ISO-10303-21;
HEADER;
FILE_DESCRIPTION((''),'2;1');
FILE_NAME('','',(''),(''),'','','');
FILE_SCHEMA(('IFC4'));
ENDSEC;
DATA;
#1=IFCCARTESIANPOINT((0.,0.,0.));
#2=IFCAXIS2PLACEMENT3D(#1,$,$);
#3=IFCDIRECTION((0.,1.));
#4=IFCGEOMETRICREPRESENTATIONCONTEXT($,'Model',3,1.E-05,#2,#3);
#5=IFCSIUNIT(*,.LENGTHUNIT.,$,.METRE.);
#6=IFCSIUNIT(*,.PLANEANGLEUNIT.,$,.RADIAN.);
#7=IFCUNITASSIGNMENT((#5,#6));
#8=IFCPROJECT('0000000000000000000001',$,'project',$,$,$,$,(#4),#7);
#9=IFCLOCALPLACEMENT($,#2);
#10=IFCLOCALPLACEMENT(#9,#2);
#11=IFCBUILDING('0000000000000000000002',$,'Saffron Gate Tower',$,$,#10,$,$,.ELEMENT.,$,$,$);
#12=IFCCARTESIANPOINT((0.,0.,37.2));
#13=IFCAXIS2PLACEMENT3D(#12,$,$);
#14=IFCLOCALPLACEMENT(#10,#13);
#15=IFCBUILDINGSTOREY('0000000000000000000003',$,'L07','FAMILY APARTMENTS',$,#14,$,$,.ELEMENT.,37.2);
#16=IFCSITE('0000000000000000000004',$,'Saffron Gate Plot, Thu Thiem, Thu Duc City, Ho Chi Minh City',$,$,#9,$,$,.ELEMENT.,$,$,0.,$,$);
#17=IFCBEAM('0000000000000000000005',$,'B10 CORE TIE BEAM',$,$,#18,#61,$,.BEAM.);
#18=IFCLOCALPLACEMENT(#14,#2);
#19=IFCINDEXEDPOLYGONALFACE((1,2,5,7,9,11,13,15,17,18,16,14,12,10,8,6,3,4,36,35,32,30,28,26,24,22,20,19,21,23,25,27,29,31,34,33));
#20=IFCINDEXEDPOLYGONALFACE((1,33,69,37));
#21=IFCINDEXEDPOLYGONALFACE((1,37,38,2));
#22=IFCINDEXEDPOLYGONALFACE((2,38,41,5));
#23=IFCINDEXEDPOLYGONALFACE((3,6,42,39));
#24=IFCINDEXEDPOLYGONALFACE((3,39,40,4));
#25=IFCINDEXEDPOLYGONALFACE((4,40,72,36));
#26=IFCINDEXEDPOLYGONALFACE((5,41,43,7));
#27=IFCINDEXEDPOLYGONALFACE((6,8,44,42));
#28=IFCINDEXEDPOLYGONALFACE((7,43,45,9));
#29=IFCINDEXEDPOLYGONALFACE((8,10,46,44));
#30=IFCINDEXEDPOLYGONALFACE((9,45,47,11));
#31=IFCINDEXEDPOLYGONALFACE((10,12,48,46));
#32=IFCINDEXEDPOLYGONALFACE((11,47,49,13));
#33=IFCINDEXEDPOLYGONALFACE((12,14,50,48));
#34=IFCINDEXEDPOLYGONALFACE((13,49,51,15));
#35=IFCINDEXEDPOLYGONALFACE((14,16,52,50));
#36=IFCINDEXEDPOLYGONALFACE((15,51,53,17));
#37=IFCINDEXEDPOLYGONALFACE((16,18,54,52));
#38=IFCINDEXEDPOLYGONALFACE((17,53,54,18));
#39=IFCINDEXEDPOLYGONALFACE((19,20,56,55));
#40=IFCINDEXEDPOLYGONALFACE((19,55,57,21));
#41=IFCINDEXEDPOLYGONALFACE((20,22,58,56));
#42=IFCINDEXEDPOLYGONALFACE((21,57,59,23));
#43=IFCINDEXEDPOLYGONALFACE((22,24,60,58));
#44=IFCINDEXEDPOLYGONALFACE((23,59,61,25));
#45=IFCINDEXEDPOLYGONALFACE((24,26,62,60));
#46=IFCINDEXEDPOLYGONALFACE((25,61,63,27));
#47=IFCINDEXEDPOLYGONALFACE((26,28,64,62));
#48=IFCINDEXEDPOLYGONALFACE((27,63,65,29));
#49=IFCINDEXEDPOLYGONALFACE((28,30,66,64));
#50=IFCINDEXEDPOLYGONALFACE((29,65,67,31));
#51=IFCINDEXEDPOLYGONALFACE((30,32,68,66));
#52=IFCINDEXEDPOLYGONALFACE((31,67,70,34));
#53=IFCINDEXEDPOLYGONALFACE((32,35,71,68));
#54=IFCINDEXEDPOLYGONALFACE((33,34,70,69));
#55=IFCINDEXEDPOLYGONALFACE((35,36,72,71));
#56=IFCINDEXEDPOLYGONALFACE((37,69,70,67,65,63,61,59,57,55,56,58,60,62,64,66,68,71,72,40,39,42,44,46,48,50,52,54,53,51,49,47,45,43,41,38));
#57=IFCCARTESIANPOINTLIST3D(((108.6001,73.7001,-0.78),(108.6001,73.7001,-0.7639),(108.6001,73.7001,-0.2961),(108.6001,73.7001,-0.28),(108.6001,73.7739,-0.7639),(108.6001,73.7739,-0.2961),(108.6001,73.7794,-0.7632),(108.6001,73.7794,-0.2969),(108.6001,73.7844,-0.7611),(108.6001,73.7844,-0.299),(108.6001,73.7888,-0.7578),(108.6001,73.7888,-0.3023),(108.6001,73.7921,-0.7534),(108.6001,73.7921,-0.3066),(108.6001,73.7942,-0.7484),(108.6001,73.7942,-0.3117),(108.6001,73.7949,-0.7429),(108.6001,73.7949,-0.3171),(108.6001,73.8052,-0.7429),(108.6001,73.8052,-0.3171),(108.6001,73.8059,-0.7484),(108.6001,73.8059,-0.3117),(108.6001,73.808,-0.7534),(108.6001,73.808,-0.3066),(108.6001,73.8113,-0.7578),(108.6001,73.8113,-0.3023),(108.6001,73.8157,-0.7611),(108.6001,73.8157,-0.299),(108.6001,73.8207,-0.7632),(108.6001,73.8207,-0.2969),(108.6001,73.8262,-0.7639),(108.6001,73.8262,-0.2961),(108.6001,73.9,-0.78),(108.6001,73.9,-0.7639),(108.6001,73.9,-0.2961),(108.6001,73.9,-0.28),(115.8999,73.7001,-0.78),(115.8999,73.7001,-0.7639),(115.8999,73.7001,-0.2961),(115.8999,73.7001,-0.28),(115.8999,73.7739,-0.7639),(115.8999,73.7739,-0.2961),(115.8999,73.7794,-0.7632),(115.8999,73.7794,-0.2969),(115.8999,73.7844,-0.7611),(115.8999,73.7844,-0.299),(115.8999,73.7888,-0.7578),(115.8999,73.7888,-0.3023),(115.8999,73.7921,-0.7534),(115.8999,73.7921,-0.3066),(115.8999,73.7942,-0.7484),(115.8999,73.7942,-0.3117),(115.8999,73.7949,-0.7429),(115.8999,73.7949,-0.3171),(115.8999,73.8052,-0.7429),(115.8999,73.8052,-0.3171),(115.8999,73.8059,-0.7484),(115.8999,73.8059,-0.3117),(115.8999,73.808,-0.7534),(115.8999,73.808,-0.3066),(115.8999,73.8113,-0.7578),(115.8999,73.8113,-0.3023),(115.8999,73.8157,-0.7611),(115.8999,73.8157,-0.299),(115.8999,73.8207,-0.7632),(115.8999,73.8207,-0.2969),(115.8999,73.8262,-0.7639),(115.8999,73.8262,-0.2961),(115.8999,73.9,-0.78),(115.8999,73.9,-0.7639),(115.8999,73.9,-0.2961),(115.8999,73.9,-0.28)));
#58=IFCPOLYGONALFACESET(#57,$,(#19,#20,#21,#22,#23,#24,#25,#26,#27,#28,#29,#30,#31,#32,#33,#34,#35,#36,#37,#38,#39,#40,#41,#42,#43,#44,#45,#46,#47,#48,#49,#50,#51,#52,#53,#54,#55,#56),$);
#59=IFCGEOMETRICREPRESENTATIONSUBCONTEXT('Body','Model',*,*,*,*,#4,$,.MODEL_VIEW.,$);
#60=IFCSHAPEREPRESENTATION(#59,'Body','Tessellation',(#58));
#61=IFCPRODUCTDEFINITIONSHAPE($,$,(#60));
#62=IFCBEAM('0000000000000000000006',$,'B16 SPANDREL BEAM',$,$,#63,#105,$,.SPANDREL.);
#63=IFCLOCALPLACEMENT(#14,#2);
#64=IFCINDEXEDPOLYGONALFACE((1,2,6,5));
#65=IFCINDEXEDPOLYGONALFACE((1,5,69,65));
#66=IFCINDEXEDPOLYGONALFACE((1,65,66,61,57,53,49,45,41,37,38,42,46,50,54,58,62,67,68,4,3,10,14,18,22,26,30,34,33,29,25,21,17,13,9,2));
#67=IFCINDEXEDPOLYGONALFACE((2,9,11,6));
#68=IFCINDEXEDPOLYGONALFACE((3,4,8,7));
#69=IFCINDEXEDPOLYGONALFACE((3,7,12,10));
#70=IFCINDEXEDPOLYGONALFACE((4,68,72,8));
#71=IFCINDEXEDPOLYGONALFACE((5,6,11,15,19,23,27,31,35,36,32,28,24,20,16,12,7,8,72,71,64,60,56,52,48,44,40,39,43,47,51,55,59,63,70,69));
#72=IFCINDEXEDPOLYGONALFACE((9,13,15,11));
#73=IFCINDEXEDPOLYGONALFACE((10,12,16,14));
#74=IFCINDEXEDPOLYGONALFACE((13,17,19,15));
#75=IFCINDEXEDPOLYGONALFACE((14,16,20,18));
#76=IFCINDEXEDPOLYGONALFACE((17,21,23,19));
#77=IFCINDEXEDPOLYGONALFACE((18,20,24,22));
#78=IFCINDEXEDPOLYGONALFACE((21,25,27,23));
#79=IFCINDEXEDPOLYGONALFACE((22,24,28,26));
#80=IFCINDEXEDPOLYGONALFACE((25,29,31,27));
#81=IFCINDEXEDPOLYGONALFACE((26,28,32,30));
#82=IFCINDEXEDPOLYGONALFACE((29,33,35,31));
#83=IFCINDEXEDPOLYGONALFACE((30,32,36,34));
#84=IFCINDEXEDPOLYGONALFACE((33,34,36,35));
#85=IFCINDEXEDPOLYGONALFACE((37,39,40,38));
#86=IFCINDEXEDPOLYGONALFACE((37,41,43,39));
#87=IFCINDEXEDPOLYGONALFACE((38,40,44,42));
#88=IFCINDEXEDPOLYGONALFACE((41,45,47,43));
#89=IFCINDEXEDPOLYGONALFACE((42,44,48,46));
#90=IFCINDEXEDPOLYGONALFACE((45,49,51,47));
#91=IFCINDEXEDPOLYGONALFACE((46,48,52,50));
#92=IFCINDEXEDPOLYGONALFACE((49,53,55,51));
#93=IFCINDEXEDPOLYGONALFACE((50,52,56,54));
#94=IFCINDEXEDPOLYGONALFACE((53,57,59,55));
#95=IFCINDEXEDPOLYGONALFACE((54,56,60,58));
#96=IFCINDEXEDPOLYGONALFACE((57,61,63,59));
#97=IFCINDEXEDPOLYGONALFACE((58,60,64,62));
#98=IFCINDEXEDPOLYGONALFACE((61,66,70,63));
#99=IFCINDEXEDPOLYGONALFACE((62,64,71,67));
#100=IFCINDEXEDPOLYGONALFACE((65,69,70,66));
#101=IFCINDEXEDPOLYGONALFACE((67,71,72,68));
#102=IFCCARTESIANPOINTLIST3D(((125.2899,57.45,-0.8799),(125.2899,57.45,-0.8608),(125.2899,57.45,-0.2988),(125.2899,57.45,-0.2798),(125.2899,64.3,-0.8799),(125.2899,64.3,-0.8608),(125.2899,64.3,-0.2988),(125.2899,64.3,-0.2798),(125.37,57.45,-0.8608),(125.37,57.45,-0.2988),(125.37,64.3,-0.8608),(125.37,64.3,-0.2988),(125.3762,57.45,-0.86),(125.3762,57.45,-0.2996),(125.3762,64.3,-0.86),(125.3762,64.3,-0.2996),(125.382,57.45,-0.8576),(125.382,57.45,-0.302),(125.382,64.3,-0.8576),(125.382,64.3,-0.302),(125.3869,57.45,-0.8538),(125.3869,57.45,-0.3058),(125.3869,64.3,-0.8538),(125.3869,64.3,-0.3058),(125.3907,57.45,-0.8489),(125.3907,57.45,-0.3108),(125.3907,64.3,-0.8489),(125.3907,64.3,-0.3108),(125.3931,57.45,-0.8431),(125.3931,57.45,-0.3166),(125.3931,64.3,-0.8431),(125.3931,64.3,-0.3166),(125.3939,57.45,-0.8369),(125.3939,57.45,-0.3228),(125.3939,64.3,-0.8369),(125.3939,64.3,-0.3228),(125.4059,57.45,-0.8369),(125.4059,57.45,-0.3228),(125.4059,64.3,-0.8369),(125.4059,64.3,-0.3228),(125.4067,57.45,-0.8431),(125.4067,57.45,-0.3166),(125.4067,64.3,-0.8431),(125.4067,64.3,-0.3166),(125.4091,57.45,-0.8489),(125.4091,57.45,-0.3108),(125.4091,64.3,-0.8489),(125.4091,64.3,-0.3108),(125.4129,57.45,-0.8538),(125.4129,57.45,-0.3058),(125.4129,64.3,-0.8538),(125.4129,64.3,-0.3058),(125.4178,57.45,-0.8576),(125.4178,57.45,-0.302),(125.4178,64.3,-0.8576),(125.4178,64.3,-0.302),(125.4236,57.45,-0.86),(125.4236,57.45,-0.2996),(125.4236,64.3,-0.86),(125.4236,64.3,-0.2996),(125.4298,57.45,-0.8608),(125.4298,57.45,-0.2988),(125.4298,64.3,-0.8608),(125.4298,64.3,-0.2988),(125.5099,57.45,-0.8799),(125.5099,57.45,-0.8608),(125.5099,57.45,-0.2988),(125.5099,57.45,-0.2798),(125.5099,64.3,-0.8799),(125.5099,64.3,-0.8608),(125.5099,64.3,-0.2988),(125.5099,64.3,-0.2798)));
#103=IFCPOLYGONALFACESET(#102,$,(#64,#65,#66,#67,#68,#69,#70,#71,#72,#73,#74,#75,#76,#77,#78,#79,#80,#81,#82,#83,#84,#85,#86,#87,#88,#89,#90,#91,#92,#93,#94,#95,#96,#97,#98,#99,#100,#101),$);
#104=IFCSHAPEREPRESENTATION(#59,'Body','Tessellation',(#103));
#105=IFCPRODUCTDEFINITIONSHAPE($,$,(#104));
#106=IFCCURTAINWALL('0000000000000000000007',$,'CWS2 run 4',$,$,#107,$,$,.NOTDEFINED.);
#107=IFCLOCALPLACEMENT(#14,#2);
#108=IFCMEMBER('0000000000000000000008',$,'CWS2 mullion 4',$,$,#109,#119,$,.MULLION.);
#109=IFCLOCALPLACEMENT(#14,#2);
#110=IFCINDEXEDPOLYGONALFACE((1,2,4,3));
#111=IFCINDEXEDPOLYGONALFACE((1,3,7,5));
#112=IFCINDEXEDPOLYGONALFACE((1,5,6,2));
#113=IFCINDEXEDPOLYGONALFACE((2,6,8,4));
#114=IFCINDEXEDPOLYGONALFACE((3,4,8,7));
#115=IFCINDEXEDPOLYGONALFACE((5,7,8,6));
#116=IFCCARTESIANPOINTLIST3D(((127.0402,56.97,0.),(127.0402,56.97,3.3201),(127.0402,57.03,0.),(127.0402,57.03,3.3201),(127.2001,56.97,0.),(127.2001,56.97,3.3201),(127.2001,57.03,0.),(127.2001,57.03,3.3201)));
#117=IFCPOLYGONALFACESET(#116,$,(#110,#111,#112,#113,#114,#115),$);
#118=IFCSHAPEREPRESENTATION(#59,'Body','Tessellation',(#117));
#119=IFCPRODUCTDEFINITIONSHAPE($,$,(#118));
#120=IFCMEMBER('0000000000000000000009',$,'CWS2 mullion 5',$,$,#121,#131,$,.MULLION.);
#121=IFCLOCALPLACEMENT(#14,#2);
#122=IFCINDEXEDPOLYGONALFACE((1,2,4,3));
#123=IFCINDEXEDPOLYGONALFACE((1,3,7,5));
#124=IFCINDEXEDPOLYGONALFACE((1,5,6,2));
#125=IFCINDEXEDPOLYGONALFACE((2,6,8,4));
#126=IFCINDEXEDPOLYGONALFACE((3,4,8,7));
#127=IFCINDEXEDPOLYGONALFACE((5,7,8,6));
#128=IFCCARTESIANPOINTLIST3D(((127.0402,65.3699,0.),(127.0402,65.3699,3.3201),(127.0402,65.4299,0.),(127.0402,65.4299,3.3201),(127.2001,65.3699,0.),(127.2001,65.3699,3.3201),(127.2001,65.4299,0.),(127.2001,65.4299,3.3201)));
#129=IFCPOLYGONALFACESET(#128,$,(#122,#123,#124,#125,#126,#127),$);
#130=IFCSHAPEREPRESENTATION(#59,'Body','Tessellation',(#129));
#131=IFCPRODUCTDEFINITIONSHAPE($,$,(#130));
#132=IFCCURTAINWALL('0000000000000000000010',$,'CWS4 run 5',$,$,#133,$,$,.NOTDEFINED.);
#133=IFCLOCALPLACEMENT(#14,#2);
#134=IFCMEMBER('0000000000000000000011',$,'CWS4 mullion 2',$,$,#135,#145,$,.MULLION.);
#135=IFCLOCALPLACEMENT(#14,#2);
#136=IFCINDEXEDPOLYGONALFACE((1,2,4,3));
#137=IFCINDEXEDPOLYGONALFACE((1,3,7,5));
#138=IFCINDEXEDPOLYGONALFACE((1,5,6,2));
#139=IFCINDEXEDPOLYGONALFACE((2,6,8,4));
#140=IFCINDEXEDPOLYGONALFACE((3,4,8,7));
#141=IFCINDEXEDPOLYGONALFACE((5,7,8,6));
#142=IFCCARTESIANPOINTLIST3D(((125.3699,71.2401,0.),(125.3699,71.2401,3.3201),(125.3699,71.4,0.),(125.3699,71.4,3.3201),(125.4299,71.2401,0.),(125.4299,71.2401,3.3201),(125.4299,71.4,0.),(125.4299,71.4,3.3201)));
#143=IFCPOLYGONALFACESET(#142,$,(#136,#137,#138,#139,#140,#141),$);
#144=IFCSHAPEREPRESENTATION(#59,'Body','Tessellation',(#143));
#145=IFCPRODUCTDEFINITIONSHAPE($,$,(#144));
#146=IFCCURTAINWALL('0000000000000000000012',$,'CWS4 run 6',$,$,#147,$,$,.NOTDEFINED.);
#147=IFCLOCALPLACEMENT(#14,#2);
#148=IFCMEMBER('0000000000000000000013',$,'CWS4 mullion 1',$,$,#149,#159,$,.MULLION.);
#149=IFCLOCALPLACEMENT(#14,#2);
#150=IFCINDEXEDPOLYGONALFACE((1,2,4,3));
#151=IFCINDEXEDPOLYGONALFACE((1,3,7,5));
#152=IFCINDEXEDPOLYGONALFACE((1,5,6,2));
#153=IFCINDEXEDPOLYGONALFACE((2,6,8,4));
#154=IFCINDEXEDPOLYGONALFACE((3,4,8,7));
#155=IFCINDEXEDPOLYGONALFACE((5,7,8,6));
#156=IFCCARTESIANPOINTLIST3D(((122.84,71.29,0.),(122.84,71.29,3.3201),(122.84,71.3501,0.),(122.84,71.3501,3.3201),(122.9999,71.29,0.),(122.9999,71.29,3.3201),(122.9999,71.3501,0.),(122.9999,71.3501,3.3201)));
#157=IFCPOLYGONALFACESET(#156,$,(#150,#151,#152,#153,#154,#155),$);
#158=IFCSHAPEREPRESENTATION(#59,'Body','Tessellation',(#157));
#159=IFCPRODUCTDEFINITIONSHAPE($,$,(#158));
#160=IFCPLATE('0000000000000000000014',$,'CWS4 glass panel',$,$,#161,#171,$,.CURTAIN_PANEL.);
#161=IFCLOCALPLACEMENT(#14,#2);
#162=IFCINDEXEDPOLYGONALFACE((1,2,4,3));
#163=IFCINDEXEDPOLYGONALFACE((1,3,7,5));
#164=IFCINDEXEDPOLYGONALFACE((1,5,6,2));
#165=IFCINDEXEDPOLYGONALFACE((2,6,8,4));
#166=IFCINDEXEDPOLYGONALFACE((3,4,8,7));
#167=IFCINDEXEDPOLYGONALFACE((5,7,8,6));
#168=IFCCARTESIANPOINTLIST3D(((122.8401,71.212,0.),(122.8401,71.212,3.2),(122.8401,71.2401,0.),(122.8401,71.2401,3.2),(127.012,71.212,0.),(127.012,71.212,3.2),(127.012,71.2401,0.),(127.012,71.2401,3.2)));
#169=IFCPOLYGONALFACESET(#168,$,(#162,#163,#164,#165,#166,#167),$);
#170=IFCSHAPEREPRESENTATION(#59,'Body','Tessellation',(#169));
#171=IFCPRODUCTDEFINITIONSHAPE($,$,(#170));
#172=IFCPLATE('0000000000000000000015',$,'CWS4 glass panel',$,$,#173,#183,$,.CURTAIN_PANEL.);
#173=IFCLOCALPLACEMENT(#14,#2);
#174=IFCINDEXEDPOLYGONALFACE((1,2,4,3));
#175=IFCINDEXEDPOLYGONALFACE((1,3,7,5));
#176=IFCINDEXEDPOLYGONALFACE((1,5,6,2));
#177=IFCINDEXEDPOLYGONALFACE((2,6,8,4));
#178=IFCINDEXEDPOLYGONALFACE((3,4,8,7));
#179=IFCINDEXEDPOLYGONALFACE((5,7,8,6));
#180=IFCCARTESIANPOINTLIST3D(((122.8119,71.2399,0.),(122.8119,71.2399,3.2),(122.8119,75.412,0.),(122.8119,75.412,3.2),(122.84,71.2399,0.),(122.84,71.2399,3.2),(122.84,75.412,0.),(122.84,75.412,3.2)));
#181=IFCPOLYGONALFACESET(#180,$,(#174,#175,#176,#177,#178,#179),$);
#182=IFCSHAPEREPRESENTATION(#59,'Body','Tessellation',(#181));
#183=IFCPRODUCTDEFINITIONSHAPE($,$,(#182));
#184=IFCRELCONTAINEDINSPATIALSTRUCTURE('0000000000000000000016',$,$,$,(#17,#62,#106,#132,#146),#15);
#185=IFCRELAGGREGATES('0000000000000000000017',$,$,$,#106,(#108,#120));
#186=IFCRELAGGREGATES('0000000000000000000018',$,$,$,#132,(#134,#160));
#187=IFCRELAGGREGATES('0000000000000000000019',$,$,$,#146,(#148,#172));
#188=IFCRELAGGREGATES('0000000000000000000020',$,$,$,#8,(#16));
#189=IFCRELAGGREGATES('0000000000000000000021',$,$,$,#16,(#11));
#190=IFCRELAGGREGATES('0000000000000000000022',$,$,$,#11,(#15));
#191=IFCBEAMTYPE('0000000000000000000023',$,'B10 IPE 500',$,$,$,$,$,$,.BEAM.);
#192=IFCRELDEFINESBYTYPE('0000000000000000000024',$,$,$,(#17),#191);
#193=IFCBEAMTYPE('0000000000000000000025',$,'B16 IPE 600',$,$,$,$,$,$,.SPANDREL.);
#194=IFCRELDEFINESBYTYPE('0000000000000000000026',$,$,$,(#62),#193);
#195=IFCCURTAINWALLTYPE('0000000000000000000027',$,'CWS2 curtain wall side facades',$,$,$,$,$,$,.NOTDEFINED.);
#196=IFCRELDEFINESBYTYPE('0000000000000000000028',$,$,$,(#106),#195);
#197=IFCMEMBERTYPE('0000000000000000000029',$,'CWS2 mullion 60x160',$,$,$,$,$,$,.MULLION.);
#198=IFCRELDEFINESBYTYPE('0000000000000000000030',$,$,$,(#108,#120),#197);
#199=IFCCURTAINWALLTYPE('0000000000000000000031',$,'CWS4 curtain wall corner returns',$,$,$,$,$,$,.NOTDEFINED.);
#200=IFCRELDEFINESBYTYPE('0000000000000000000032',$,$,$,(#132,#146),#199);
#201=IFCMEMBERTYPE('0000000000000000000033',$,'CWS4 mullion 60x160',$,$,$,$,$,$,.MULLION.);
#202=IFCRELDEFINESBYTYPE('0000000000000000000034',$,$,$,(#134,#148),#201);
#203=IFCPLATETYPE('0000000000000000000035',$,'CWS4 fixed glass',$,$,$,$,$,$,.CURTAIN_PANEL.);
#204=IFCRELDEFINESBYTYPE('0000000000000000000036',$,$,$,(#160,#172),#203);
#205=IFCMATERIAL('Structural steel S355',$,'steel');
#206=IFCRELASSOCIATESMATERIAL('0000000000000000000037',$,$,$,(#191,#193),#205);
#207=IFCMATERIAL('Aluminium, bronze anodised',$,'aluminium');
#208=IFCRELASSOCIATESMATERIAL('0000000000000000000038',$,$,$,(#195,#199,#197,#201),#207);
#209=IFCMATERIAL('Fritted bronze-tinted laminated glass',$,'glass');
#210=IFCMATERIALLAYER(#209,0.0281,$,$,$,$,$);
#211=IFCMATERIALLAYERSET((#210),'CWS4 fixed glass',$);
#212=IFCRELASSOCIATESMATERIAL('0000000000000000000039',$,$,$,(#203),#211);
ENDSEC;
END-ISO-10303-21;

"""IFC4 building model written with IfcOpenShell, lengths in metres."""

from ifc_helpers import new_model, si_unit, direction, frame, frame_2d, origin, origin_2d, place, context, subcontext, project, spatial, rectangle, i_section, extrude, material, layer, layer_set, material_profile, profile_set, type_object, element, aggregate, save


model = new_model("IFC4")

# Units and contexts
model_context = context("Model", 3, precision=1e-05, world=origin(), true_north=direction((0.0, 1.0)))
body_context = subcontext(model_context, "Body", "Model", "MODEL_VIEW")
ifc_project = project(units=[si_unit("LENGTHUNIT", "METRE"), si_unit("PLANEANGLEUNIT", "RADIAN")], contexts=[model_context])

# Site, building, storey
site_placement = place(None, origin())
site = spatial("IfcSite", under=ifc_project, at=site_placement, Name="Saffron Gate Plot, Thu Thiem, Thu Duc City, Ho Chi Minh City", CompositionType="ELEMENT", RefElevation=0.0)
building_placement = place(site_placement, origin())
building = spatial("IfcBuilding", under=site, at=building_placement, Name="Saffron Gate Tower", CompositionType="ELEMENT")
storey_placement = place(building_placement, frame((0.0, 0.0, 37.2)))
storey = spatial("IfcBuildingStorey", under=building, at=storey_placement, Name="L07", Description="FAMILY APARTMENTS", CompositionType="ELEMENT", Elevation=37.2)

# Beams
ifc_material_1 = material(Name="Structural steel S355", Category="steel")
ifc_material_profile_1 = material_profile(ifc_material_1, i_section(OverallWidth=0.2, OverallDepth=0.5, WebThickness=0.0103, FlangeThickness=0.0161, FilletRadius=0.021, at=origin_2d()))
ifc_profile_set_1 = profile_set([ifc_material_profile_1], Name="Structural steel S355")
beam_type_1 = type_object("IfcBeamType", Name="B10 IPE 500", PredefinedType="BEAM", material=ifc_profile_set_1)
beam_1_placement = place(storey_placement, frame((115.8999, 73.8, -0.53), z_axis=(-1.0, 0.0, 0.0), x_axis=(0.0, -1.0, 0.0)))
element("IfcBeam", 1, at=beam_1_placement, inside=storey, type_object=beam_type_1, Name="B10 CORE TIE BEAM", PredefinedType="BEAM", context=body_context, shape_type="SweptSolid", body=[
    extrude(i_section(OverallWidth=0.2, OverallDepth=0.5, WebThickness=0.0103, FlangeThickness=0.0161, FilletRadius=0.021, at=origin_2d()), origin(), (0.0, 0.0, 1.0), 7.2998),
])
ifc_material_profile_2 = material_profile(ifc_material_1, i_section(OverallWidth=0.22, OverallDepth=0.6001, WebThickness=0.012, FlangeThickness=0.019, FilletRadius=0.0239, at=origin_2d()))
ifc_profile_set_2 = profile_set([ifc_material_profile_2], Name="Structural steel S355")
beam_type_2 = type_object("IfcBeamType", Name="B16 IPE 600", PredefinedType="SPANDREL", material=ifc_profile_set_2)
beam_2_placement = place(storey_placement, frame((125.3999, 57.45, -0.5798), z_axis=(0.0, 1.0, 0.0), x_axis=(-1.0, 0.0, 0.0)))
element("IfcBeam", 2, at=beam_2_placement, inside=storey, type_object=beam_type_2, Name="B16 SPANDREL BEAM", PredefinedType="SPANDREL", context=body_context, shape_type="SweptSolid", body=[
    extrude(i_section(OverallWidth=0.22, OverallDepth=0.6001, WebThickness=0.012, FlangeThickness=0.019, FilletRadius=0.0239, at=origin_2d()), origin(), (0.0, 0.0, 1.0), 6.8501),
])

# Curtain wall, members
ifc_material_2 = material(Name="Aluminium, bronze anodised", Category="aluminium")
curtain_wall_type_1 = type_object("IfcCurtainWallType", Name="CWS2 curtain wall side facades", PredefinedType="NOTDEFINED", material=ifc_material_2)
curtain_wall_1_placement = place(storey_placement, origin())
curtain_wall_1 = element("IfcCurtainWall", 3, at=curtain_wall_1_placement, inside=storey, type_object=curtain_wall_type_1, Name="CWS2 run 4", PredefinedType="NOTDEFINED")
ifc_material_profile_3 = material_profile(ifc_material_2, rectangle(XDim=0.1599, YDim=0.0601, at=origin_2d()))
ifc_profile_set_3 = profile_set([ifc_material_profile_3], Name="Aluminium, bronze anodised")
member_type_1 = type_object("IfcMemberType", Name="CWS2 mullion 60x160", PredefinedType="MULLION", material=ifc_profile_set_3)
member_1_placement = place(storey_placement, frame((127.1201, 57.0, 0.0), z_axis=(0.0, 0.0, 1.0), x_axis=(-1.0, 0.0, 0.0)))
member_1 = element("IfcMember", 4, at=member_1_placement, type_object=member_type_1, Name="CWS2 mullion 4", PredefinedType="MULLION", context=body_context, shape_type="SweptSolid", body=[
    extrude(rectangle(XDim=0.1599, YDim=0.0601, at=origin_2d()), origin(), (0.0, 0.0, 1.0), 3.3201),
])
member_2_placement = place(storey_placement, frame((127.1201, 65.3999, 0.0), z_axis=(0.0, 0.0, 1.0), x_axis=(-1.0, 0.0, 0.0)))
member_2 = element("IfcMember", 5, at=member_2_placement, type_object=member_type_1, Name="CWS2 mullion 5", PredefinedType="MULLION", context=body_context, shape_type="SweptSolid", body=[
    extrude(rectangle(XDim=0.1599, YDim=0.0601, at=origin_2d()), origin(), (0.0, 0.0, 1.0), 3.3201),
])
aggregate(curtain_wall_1, [member_1, member_2])

# Curtain walls, members
curtain_wall_type_2 = type_object("IfcCurtainWallType", Name="CWS4 curtain wall corner returns", PredefinedType="NOTDEFINED", material=ifc_material_2)
curtain_wall_2_placement = place(storey_placement, origin())
curtain_wall_2 = element("IfcCurtainWall", 6, at=curtain_wall_2_placement, inside=storey, type_object=curtain_wall_type_2, Name="CWS4 run 5", PredefinedType="NOTDEFINED")
ifc_material_profile_4 = material_profile(ifc_material_2, rectangle(XDim=0.1599, YDim=0.0601, at=origin_2d()))
ifc_profile_set_4 = profile_set([ifc_material_profile_4], Name="Aluminium, bronze anodised")
member_type_2 = type_object("IfcMemberType", Name="CWS4 mullion 60x160", PredefinedType="MULLION", material=ifc_profile_set_4)
member_3_placement = place(storey_placement, frame((125.3999, 71.3201, 0.0), z_axis=(0.0, 0.0, 1.0), x_axis=(0.0, -1.0, 0.0)))
member_3 = element("IfcMember", 7, at=member_3_placement, type_object=member_type_2, Name="CWS4 mullion 2", PredefinedType="MULLION", context=body_context, shape_type="SweptSolid", body=[
    extrude(rectangle(XDim=0.1599, YDim=0.0601, at=origin_2d()), origin(), (0.0, 0.0, 1.0), 3.3201),
])
curtain_wall_3_placement = place(storey_placement, origin())
curtain_wall_3 = element("IfcCurtainWall", 8, at=curtain_wall_3_placement, inside=storey, type_object=curtain_wall_type_2, Name="CWS4 run 6", PredefinedType="NOTDEFINED")
member_4_placement = place(storey_placement, frame((122.9199, 71.3201, 0.0), z_axis=(0.0, 0.0, 1.0), x_axis=(-1.0, 0.0, 0.0)))
member_4 = element("IfcMember", 9, at=member_4_placement, type_object=member_type_2, Name="CWS4 mullion 1", PredefinedType="MULLION", context=body_context, shape_type="SweptSolid", body=[
    extrude(rectangle(XDim=0.1599, YDim=0.0601, at=origin_2d()), origin(), (0.0, 0.0, 1.0), 3.3201),
])

# Plates
ifc_material_3 = material(Name="Fritted bronze-tinted laminated glass", Category="glass")
ifc_layer_1 = layer(ifc_material_3, 0.0281)
ifc_layer_set_1 = layer_set([ifc_layer_1], Name="CWS4 fixed glass")
plate_type = type_object("IfcPlateType", Name="CWS4 fixed glass", PredefinedType="CURTAIN_PANEL", material=ifc_layer_set_1)
plate_1_placement = place(storey_placement, frame((127.012, 71.2261, 0.0), z_axis=(0.0, 0.0, 1.0), x_axis=(-1.0, 0.0, 0.0)))
plate_1 = element("IfcPlate", 10, at=plate_1_placement, type_object=plate_type, Name="CWS4 glass panel", PredefinedType="CURTAIN_PANEL", context=body_context, shape_type="SweptSolid", body=[
    extrude(rectangle(XDim=4.1719, YDim=0.0281, at=frame_2d((2.0859, 0.0))), origin(), (0.0, 0.0, 1.0), 3.2),
])
aggregate(curtain_wall_2, [member_3, plate_1])
plate_2_placement = place(storey_placement, frame((122.8259, 71.24, 0.0), z_axis=(0.0, 0.0, 1.0), x_axis=(0.0, 1.0, 0.0)))
plate_2 = element("IfcPlate", 11, at=plate_2_placement, type_object=plate_type, Name="CWS4 glass panel", PredefinedType="CURTAIN_PANEL", context=body_context, shape_type="SweptSolid", body=[
    extrude(rectangle(XDim=4.1721, YDim=0.0281, at=frame_2d((2.0859, 0.0))), origin(), (0.0, 0.0, 1.0), 3.2),
])
aggregate(curtain_wall_3, [member_4, plate_2])

save(model, "model.ifc")
